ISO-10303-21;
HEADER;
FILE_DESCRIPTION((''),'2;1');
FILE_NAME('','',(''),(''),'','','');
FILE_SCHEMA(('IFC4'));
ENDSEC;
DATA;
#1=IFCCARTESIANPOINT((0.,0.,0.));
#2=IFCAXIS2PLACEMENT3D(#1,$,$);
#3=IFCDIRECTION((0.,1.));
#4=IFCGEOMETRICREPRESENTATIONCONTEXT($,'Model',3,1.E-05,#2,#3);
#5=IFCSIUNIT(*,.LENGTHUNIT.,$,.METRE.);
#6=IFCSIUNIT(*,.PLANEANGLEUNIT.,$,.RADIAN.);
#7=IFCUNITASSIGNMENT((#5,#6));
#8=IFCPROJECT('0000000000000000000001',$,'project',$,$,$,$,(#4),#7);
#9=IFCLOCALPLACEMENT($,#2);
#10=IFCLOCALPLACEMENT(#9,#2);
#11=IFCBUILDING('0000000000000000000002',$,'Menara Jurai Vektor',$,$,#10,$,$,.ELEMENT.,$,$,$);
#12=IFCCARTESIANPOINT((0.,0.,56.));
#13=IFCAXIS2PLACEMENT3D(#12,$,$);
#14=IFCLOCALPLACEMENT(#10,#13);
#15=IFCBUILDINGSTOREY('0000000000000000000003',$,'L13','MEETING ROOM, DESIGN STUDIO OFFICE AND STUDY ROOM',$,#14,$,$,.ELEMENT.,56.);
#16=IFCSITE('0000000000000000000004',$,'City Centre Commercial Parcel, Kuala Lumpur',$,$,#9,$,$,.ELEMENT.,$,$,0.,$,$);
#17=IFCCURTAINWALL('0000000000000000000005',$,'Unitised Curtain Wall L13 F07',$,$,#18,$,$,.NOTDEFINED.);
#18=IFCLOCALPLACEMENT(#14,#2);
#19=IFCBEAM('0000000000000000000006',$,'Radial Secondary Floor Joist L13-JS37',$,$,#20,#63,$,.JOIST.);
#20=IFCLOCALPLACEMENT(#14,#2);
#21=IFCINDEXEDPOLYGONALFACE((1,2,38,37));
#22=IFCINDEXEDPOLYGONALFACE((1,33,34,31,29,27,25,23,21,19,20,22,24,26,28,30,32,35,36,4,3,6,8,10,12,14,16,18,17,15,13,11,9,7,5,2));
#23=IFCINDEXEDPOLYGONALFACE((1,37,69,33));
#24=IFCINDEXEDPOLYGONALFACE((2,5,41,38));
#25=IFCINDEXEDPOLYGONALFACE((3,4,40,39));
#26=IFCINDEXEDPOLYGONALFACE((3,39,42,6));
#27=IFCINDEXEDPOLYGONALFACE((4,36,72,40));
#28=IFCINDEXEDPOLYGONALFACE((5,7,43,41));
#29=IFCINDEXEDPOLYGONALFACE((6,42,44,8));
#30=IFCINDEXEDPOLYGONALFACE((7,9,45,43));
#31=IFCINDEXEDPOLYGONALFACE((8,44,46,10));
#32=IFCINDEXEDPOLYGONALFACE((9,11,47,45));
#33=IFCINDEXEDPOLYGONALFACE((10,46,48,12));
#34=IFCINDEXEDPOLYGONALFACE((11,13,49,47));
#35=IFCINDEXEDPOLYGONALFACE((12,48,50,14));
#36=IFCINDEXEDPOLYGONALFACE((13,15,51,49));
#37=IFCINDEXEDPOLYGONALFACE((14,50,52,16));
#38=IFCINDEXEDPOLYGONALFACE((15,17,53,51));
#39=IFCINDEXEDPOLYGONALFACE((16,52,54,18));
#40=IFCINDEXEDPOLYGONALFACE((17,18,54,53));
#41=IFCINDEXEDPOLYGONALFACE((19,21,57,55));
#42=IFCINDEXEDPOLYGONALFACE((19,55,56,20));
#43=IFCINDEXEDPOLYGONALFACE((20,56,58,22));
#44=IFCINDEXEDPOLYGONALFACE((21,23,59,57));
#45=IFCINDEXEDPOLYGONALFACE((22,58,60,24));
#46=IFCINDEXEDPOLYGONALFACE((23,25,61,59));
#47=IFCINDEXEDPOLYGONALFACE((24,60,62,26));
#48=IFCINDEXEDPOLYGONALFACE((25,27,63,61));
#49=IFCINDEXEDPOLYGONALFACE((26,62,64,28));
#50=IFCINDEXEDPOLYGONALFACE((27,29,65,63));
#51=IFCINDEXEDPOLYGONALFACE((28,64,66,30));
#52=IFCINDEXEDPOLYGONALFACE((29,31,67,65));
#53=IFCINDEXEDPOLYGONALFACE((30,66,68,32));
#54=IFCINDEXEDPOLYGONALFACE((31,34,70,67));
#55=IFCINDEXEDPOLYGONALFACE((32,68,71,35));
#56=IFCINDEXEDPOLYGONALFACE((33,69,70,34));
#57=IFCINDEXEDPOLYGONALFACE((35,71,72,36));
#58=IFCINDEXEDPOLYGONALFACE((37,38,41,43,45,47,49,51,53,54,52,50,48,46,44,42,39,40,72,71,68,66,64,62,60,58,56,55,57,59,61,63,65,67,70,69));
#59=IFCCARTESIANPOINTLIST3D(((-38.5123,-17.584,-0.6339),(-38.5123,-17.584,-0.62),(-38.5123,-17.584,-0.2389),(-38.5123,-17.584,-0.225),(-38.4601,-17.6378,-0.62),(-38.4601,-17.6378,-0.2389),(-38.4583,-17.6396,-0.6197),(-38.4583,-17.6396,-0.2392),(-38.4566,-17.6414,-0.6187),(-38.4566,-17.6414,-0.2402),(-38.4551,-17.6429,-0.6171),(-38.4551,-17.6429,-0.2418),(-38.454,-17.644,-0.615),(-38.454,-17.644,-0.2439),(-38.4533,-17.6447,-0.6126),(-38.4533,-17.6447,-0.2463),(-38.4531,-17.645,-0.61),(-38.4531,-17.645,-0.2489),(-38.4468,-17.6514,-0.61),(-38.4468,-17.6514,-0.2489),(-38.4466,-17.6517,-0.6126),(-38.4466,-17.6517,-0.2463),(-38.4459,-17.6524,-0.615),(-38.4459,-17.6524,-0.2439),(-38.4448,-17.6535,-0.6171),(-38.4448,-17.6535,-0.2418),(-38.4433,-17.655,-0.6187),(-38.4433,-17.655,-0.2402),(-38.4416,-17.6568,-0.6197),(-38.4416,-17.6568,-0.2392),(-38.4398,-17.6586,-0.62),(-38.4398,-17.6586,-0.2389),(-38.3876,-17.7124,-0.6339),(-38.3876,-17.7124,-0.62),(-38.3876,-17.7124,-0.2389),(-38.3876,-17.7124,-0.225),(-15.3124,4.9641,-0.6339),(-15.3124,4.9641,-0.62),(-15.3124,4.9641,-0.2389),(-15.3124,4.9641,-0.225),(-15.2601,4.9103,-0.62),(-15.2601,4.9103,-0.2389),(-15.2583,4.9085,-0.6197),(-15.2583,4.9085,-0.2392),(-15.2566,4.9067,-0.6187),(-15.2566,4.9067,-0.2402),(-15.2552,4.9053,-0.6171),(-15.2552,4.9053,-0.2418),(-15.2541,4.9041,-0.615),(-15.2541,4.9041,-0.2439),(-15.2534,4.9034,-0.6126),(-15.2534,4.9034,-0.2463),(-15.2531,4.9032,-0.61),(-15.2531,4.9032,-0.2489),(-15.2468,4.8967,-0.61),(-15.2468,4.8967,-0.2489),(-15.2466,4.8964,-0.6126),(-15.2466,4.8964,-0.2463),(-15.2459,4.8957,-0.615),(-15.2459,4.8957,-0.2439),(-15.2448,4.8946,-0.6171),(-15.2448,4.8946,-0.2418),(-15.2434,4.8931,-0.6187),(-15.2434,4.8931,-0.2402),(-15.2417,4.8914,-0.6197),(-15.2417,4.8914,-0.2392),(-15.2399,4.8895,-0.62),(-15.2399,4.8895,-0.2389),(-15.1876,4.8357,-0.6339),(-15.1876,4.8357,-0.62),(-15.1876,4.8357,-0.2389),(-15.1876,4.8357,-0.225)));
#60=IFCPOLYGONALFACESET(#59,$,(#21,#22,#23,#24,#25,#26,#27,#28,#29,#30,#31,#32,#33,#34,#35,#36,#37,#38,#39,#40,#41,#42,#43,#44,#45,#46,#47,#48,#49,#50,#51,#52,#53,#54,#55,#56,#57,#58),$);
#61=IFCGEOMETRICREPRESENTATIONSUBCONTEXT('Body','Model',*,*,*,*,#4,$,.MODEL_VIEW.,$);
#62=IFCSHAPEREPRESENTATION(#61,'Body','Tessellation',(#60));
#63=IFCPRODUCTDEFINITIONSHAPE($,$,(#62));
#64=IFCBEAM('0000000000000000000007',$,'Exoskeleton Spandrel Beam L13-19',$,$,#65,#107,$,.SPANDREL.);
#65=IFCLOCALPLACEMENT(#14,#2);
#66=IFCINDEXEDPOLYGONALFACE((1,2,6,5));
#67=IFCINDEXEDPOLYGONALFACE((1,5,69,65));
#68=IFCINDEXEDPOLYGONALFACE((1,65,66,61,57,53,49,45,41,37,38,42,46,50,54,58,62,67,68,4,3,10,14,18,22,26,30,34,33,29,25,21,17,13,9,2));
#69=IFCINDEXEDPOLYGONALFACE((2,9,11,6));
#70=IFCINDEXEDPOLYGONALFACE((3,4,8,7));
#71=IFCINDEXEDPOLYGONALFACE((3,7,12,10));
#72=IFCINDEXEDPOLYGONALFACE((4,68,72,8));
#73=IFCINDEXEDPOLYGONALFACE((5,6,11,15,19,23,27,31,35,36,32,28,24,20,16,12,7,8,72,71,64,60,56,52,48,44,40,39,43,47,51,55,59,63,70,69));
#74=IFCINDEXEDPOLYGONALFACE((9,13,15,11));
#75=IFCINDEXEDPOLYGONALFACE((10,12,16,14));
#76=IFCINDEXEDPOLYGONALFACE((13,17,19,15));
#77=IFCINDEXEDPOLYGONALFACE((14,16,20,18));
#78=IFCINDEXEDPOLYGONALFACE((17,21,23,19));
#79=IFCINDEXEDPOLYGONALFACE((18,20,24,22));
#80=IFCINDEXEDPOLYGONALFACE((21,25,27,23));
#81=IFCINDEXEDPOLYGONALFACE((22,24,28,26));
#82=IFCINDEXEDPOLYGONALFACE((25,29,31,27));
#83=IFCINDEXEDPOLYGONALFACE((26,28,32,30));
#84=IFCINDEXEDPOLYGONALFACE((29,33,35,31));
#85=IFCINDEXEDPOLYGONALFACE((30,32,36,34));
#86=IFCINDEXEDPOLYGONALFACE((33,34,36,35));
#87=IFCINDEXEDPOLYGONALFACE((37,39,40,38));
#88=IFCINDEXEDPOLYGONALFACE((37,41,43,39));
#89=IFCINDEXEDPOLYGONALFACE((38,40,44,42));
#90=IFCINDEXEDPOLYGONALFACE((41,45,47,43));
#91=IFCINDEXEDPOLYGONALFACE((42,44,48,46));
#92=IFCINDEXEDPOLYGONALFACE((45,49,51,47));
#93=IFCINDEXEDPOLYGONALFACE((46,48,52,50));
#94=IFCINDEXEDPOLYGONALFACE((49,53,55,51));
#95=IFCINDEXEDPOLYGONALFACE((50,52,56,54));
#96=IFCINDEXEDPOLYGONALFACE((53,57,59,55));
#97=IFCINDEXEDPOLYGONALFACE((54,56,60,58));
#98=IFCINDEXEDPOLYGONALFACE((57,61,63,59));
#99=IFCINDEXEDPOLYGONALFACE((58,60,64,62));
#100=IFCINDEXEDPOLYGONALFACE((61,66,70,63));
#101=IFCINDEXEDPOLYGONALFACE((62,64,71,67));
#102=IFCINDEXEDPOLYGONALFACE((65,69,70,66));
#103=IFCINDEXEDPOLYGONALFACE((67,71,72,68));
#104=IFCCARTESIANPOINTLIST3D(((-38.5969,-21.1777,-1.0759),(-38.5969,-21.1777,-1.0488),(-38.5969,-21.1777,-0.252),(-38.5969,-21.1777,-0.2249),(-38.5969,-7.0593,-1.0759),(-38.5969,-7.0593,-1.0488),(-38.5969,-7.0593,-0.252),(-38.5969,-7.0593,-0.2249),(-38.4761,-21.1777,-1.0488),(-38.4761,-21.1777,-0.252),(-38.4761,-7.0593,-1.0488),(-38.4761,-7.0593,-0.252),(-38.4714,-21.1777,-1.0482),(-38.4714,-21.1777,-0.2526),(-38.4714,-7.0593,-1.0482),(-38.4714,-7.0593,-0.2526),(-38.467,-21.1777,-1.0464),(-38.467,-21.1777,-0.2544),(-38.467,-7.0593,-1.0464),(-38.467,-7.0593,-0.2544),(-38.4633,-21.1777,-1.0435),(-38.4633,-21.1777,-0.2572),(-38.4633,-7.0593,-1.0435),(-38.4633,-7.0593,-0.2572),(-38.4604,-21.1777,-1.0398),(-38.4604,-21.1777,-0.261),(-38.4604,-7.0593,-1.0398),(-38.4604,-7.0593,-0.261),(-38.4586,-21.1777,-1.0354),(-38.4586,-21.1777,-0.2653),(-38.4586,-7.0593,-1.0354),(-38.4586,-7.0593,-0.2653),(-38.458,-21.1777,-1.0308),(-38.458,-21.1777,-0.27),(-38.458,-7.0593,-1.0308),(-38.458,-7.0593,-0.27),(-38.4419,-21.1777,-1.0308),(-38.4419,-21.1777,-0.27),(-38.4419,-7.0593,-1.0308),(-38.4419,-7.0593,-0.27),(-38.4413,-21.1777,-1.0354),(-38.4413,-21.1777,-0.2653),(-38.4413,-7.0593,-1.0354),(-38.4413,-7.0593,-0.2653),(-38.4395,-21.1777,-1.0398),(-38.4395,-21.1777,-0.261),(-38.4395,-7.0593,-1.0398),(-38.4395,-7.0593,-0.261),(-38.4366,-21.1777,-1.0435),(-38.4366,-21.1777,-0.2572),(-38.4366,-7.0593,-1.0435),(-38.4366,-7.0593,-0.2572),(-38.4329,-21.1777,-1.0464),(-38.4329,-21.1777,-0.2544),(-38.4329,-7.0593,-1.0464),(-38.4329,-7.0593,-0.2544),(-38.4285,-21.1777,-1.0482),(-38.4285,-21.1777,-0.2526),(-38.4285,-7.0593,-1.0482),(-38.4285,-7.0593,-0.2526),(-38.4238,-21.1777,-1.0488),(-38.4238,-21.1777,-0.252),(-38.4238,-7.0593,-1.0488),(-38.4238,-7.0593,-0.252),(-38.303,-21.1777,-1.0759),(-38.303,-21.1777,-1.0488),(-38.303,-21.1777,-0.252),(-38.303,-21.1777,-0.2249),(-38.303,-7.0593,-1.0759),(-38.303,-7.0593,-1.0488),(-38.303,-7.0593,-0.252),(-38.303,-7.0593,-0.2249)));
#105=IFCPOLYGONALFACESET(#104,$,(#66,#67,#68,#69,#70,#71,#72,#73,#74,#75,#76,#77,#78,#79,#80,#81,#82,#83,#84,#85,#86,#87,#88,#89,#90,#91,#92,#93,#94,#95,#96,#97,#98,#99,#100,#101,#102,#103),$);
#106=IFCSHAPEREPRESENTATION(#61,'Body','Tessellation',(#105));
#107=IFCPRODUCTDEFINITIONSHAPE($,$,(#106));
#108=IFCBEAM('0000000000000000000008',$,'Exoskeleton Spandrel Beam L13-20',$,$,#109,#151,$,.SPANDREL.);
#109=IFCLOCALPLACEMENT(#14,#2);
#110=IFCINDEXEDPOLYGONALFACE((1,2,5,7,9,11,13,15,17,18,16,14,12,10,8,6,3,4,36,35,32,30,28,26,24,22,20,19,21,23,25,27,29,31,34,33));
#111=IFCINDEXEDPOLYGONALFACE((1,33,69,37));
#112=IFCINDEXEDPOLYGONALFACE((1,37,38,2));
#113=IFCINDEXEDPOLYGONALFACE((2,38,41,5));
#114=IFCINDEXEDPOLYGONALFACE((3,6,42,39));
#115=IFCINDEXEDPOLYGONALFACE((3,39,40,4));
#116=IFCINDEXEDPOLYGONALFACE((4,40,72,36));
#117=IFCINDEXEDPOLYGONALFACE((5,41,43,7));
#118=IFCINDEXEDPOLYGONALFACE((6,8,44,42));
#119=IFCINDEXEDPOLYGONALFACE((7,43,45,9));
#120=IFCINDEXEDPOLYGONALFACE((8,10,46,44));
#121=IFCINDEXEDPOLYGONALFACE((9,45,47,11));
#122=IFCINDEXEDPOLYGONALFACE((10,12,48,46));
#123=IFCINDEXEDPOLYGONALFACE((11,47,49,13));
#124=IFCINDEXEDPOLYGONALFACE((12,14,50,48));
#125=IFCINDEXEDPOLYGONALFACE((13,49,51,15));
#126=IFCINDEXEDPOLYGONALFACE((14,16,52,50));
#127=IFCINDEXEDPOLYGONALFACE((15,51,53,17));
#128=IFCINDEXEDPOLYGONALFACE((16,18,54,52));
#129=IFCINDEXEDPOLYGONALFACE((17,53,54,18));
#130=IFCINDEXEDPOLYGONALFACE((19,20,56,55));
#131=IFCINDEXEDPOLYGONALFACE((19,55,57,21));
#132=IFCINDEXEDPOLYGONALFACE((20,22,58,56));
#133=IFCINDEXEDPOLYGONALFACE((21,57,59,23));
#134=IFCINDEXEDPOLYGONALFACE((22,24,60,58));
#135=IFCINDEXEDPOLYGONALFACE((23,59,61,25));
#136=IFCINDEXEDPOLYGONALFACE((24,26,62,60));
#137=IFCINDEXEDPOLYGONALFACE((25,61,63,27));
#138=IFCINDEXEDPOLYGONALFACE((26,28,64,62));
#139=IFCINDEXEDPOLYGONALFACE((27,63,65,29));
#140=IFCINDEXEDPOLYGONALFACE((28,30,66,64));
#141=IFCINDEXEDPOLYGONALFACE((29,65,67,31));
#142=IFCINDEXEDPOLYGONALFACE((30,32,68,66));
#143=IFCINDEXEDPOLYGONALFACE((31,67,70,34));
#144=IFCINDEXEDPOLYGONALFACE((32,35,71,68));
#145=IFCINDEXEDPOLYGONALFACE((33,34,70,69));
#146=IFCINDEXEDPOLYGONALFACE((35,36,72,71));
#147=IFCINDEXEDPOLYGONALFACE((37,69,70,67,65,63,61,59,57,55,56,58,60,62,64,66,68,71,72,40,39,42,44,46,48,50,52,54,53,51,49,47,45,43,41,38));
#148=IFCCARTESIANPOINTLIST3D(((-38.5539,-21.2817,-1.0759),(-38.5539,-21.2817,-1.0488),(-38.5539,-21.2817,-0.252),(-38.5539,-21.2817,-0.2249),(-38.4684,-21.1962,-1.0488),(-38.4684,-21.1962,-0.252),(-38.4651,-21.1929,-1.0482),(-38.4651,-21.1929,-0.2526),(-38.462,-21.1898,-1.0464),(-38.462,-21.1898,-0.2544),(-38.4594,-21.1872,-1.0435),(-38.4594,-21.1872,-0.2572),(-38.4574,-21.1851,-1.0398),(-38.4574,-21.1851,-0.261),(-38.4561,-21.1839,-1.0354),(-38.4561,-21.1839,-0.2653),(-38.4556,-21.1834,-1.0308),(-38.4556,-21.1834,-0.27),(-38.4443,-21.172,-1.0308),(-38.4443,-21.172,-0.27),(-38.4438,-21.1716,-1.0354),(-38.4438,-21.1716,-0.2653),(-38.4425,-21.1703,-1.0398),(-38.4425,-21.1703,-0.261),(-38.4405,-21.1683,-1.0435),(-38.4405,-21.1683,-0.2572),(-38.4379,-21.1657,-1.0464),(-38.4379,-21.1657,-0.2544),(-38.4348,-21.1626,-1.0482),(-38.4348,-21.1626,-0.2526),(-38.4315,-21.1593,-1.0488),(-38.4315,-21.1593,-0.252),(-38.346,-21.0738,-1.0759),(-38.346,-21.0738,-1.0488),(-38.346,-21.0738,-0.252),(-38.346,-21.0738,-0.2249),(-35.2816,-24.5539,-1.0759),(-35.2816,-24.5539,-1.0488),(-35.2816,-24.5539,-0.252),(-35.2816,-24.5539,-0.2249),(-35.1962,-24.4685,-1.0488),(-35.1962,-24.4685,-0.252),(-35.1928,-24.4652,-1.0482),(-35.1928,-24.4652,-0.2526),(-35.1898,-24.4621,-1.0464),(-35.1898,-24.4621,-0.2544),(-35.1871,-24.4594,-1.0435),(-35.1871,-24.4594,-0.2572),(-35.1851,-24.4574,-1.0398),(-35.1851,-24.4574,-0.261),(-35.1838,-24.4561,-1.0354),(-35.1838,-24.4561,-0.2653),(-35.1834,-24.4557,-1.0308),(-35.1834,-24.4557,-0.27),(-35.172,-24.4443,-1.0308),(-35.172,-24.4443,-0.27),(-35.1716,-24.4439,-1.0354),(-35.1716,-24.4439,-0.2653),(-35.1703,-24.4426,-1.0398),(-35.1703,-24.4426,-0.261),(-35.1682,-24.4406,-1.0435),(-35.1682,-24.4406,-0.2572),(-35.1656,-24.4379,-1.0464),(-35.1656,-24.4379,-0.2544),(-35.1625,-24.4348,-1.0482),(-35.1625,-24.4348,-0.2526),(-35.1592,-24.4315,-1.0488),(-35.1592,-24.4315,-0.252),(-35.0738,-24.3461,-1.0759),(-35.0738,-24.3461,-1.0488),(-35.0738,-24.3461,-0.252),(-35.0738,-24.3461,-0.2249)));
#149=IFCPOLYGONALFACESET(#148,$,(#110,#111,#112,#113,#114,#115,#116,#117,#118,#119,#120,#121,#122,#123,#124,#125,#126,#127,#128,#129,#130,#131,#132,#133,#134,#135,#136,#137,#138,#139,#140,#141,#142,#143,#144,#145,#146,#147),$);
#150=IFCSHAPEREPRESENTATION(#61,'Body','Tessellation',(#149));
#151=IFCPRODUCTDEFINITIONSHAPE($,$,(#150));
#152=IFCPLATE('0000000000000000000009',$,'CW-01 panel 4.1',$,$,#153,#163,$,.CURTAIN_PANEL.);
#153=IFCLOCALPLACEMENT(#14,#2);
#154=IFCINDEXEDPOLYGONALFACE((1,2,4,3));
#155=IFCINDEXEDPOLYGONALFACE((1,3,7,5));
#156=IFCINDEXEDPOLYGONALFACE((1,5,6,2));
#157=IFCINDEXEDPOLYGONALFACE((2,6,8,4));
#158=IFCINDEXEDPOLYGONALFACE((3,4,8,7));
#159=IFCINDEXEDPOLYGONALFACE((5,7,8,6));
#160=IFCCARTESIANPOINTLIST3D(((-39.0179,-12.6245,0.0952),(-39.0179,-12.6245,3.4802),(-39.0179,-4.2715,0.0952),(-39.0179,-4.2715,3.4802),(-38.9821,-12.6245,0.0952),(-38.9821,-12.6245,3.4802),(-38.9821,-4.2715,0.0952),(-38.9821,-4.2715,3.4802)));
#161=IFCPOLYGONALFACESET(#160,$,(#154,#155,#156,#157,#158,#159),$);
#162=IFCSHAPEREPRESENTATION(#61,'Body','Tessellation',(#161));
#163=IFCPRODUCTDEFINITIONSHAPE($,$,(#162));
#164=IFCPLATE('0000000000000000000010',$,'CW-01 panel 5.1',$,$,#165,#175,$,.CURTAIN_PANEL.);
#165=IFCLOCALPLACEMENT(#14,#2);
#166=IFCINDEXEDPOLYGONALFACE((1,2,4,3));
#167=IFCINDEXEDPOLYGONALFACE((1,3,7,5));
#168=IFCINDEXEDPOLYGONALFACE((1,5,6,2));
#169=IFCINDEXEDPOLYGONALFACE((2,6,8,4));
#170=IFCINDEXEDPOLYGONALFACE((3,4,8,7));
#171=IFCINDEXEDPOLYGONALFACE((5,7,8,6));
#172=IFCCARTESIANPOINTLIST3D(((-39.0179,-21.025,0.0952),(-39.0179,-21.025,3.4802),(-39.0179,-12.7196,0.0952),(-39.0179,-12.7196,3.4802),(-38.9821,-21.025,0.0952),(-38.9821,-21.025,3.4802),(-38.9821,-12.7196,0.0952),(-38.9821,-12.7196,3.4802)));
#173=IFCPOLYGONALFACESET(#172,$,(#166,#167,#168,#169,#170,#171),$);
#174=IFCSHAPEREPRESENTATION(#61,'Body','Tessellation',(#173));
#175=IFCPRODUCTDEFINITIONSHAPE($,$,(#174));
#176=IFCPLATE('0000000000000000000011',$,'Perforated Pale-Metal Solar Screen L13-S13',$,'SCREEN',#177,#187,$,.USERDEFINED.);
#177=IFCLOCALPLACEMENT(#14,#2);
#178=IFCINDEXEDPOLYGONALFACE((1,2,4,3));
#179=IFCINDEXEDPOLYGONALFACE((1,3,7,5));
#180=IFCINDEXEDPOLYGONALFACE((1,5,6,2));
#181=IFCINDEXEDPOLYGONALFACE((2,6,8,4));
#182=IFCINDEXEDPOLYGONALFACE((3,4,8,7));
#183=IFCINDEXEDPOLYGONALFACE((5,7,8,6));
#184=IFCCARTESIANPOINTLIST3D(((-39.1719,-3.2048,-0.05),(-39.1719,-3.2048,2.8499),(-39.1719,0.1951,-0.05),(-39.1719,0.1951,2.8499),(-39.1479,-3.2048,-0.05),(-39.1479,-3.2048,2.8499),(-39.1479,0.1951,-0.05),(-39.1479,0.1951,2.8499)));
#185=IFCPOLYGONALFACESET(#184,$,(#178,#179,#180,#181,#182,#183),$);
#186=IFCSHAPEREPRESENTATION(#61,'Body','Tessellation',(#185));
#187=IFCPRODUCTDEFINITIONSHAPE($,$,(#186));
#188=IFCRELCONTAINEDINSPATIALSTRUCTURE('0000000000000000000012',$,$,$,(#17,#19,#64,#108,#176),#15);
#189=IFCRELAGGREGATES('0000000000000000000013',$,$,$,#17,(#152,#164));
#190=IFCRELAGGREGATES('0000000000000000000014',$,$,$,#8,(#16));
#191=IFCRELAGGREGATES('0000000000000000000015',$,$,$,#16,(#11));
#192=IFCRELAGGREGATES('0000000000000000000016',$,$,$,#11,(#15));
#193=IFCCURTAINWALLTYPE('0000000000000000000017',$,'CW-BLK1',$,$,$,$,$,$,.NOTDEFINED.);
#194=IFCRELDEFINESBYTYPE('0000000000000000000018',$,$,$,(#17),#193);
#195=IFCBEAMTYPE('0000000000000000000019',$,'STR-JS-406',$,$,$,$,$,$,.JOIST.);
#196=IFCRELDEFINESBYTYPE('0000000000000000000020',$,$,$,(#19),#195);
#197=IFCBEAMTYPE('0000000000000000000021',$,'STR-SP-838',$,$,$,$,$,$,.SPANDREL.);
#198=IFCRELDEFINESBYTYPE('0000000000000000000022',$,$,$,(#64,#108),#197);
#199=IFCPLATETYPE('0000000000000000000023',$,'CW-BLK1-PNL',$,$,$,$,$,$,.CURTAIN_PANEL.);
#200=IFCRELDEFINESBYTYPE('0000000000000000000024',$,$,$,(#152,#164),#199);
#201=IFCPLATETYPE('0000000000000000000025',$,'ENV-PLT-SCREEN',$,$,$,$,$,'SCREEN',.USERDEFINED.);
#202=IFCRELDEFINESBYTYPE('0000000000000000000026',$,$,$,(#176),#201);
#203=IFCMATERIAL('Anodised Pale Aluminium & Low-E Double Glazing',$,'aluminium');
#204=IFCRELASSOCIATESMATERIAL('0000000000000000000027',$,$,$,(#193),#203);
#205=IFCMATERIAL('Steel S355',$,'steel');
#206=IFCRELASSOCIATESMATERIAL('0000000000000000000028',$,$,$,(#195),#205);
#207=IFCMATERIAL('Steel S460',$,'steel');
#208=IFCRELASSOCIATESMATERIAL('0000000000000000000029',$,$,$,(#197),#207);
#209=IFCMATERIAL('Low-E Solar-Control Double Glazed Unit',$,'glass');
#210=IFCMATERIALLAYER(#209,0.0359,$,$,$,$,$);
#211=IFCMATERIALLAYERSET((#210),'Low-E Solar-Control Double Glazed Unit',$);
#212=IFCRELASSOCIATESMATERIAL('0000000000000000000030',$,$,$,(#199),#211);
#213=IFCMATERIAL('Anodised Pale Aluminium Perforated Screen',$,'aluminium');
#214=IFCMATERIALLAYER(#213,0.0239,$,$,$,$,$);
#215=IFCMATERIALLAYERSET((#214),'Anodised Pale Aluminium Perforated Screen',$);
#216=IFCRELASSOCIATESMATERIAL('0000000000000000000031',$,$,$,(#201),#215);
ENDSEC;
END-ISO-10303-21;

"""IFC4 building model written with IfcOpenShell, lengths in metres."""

from ifc_helpers import new_model, si_unit, direction, frame, origin, origin_2d, place, context, subcontext, project, spatial, rectangle, i_section, extrude, material, layer, layer_set, material_profile, profile_set, type_object, element, aggregate, save


model = new_model("IFC4")

# Units and contexts
model_context = context("Model", 3, precision=1e-05, world=origin(), true_north=direction((0.0, 1.0)))
body_context = subcontext(model_context, "Body", "Model", "MODEL_VIEW")
ifc_project = project(units=[si_unit("LENGTHUNIT", "METRE"), si_unit("PLANEANGLEUNIT", "RADIAN")], contexts=[model_context])

# Site, building, storey
site_placement = place(None, origin())
site = spatial("IfcSite", under=ifc_project, at=site_placement, Name="City Centre Commercial Parcel, Kuala Lumpur", CompositionType="ELEMENT", RefElevation=0.0)
building_placement = place(site_placement, origin())
building = spatial("IfcBuilding", under=site, at=building_placement, Name="Menara Jurai Vektor", CompositionType="ELEMENT")
storey_placement = place(building_placement, frame((0.0, 0.0, 56.0)))
storey = spatial("IfcBuildingStorey", under=building, at=storey_placement, Name="L13", Description="MEETING ROOM, DESIGN STUDIO OFFICE AND STUDY ROOM", CompositionType="ELEMENT", Elevation=56.0)

# Shared definitions
ifc_material_1 = material(Name="Steel S460", Category="steel")

# Curtain wall
ifc_material_2 = material(Name="Anodised Pale Aluminium & Low-E Double Glazing", Category="aluminium")
curtain_wall_type = type_object("IfcCurtainWallType", Name="CW-BLK1", PredefinedType="NOTDEFINED", material=ifc_material_2)
curtain_wall_1_placement = place(storey_placement, origin())
curtain_wall_1 = element("IfcCurtainWall", 1, at=curtain_wall_1_placement, inside=storey, type_object=curtain_wall_type, Name="Unitised Curtain Wall L13 F07", PredefinedType="NOTDEFINED")

# Beams
ifc_material_3 = material(Name="Steel S355", Category="steel")
ifc_material_profile_1 = material_profile(ifc_material_3, i_section(OverallWidth=0.179, OverallDepth=0.4089, WebThickness=0.009, FlangeThickness=0.0139, FilletRadius=0.01, at=origin_2d()), Name="UKB 406x178x67")
ifc_profile_set_1 = profile_set([ifc_material_profile_1], Name="Steel S355")
beam_type_1 = type_object("IfcBeamType", Name="STR-JS-406", PredefinedType="JOIST", material=ifc_profile_set_1)
beam_1_placement = place(storey_placement, frame((-38.45, -17.6482, -0.4294), z_axis=(0.717109, 0.696961, 0.0), x_axis=(-0.696961, 0.717109, 0.0)))
element("IfcBeam", 2, at=beam_1_placement, inside=storey, type_object=beam_type_1, Name="Radial Secondary Floor Joist L13-JS37", PredefinedType="JOIST", context=body_context, shape_type="SweptSolid", body=[
    extrude(i_section(OverallWidth=0.179, OverallDepth=0.4089, WebThickness=0.009, FlangeThickness=0.0139, FilletRadius=0.01, at=origin_2d()), origin(), (0.0, 0.0, 1.0), 32.3521),
])
ifc_material_profile_2 = material_profile(ifc_material_1, i_section(OverallWidth=0.2939, OverallDepth=0.8511, WebThickness=0.0161, FlangeThickness=0.0271, FilletRadius=0.0181, at=origin_2d()), Name="UKB 838x292x226")
ifc_profile_set_2 = profile_set([ifc_material_profile_2], Name="Steel S460")
beam_type_2 = type_object("IfcBeamType", Name="STR-SP-838", PredefinedType="SPANDREL", material=ifc_profile_set_2)
beam_2_placement = place(storey_placement, frame((-38.45, -7.0593, -0.6504), z_axis=(0.0, -1.0, 0.0), x_axis=(1.0, 0.0, 0.0)))
element("IfcBeam", 3, at=beam_2_placement, inside=storey, type_object=beam_type_2, Name="Exoskeleton Spandrel Beam L13-19", PredefinedType="SPANDREL", context=body_context, shape_type="SweptSolid", body=[
    extrude(i_section(OverallWidth=0.2939, OverallDepth=0.8511, WebThickness=0.0161, FlangeThickness=0.0271, FilletRadius=0.0181, at=origin_2d()), origin(), (0.0, 0.0, 1.0), 14.1184),
])
beam_3_placement = place(storey_placement, frame((-38.45, -21.1777, -0.6504), z_axis=(0.707107, -0.707107, 0.0), x_axis=(0.707107, 0.707107, 0.0)))
element("IfcBeam", 4, at=beam_3_placement, inside=storey, type_object=beam_type_2, Name="Exoskeleton Spandrel Beam L13-20", PredefinedType="SPANDREL", context=body_context, shape_type="SweptSolid", body=[
    extrude(i_section(OverallWidth=0.2939, OverallDepth=0.8511, WebThickness=0.0161, FlangeThickness=0.0271, FilletRadius=0.0181, at=origin_2d()), origin(), (0.0, 0.0, 1.0), 4.6277),
])

# Plates
ifc_material_4 = material(Name="Low-E Solar-Control Double Glazed Unit", Category="glass")
ifc_layer_1 = layer(ifc_material_4, 0.0359)
ifc_layer_set_1 = layer_set([ifc_layer_1], Name="Low-E Solar-Control Double Glazed Unit")
plate_type_1 = type_object("IfcPlateType", Name="CW-BLK1-PNL", PredefinedType="CURTAIN_PANEL", material=ifc_layer_set_1)
plate_1_placement = place(storey_placement, frame((-39.0, -8.448, 0.0952), z_axis=(0.0, 0.0, 1.0), x_axis=(0.0, -1.0, 0.0)))
plate_1 = element("IfcPlate", 5, at=plate_1_placement, type_object=plate_type_1, Name="CW-01 panel 4.1", PredefinedType="CURTAIN_PANEL", context=body_context, shape_type="SweptSolid", body=[
    extrude(rectangle(XDim=8.353, YDim=0.0359, at=origin_2d()), origin(), (0.0, 0.0, 1.0), 3.385),
])
plate_2_placement = place(storey_placement, frame((-39.0, -16.8723, 0.0952), z_axis=(0.0, 0.0, 1.0), x_axis=(0.0, -1.0, 0.0)))
plate_2 = element("IfcPlate", 6, at=plate_2_placement, type_object=plate_type_1, Name="CW-01 panel 5.1", PredefinedType="CURTAIN_PANEL", context=body_context, shape_type="SweptSolid", body=[
    extrude(rectangle(XDim=8.3054, YDim=0.0359, at=origin_2d()), origin(), (0.0, 0.0, 1.0), 3.385),
])
aggregate(curtain_wall_1, [plate_1, plate_2])

# Plate
ifc_material_5 = material(Name="Anodised Pale Aluminium Perforated Screen", Category="aluminium")
ifc_layer_2 = layer(ifc_material_5, 0.0239)
ifc_layer_set_2 = layer_set([ifc_layer_2], Name="Anodised Pale Aluminium Perforated Screen")
plate_type_2 = type_object("IfcPlateType", Name="ENV-PLT-SCREEN", ElementType="SCREEN", PredefinedType="USERDEFINED", material=ifc_layer_set_2)
for number, where, z_axis, x_axis, name in (
    (7, (-39.1599, -1.5049, -0.05), (0.0, 0.0, 1.0), (0.0, -1.0, 0.0), "Perforated Pale-Metal Solar Screen L13-S13"),
):
    element("IfcPlate", number, at=place(storey_placement, frame(where, z_axis=z_axis, x_axis=x_axis)), inside=storey, type_object=plate_type_2, Name=name, ObjectType="SCREEN", PredefinedType="USERDEFINED", context=body_context, shape_type="SweptSolid", body=[
        extrude(rectangle(XDim=3.3999, YDim=0.0239, at=origin_2d()), origin(), (0.0, 0.0, 1.0), 2.8999),
    ])

save(model, "model.ifc")
